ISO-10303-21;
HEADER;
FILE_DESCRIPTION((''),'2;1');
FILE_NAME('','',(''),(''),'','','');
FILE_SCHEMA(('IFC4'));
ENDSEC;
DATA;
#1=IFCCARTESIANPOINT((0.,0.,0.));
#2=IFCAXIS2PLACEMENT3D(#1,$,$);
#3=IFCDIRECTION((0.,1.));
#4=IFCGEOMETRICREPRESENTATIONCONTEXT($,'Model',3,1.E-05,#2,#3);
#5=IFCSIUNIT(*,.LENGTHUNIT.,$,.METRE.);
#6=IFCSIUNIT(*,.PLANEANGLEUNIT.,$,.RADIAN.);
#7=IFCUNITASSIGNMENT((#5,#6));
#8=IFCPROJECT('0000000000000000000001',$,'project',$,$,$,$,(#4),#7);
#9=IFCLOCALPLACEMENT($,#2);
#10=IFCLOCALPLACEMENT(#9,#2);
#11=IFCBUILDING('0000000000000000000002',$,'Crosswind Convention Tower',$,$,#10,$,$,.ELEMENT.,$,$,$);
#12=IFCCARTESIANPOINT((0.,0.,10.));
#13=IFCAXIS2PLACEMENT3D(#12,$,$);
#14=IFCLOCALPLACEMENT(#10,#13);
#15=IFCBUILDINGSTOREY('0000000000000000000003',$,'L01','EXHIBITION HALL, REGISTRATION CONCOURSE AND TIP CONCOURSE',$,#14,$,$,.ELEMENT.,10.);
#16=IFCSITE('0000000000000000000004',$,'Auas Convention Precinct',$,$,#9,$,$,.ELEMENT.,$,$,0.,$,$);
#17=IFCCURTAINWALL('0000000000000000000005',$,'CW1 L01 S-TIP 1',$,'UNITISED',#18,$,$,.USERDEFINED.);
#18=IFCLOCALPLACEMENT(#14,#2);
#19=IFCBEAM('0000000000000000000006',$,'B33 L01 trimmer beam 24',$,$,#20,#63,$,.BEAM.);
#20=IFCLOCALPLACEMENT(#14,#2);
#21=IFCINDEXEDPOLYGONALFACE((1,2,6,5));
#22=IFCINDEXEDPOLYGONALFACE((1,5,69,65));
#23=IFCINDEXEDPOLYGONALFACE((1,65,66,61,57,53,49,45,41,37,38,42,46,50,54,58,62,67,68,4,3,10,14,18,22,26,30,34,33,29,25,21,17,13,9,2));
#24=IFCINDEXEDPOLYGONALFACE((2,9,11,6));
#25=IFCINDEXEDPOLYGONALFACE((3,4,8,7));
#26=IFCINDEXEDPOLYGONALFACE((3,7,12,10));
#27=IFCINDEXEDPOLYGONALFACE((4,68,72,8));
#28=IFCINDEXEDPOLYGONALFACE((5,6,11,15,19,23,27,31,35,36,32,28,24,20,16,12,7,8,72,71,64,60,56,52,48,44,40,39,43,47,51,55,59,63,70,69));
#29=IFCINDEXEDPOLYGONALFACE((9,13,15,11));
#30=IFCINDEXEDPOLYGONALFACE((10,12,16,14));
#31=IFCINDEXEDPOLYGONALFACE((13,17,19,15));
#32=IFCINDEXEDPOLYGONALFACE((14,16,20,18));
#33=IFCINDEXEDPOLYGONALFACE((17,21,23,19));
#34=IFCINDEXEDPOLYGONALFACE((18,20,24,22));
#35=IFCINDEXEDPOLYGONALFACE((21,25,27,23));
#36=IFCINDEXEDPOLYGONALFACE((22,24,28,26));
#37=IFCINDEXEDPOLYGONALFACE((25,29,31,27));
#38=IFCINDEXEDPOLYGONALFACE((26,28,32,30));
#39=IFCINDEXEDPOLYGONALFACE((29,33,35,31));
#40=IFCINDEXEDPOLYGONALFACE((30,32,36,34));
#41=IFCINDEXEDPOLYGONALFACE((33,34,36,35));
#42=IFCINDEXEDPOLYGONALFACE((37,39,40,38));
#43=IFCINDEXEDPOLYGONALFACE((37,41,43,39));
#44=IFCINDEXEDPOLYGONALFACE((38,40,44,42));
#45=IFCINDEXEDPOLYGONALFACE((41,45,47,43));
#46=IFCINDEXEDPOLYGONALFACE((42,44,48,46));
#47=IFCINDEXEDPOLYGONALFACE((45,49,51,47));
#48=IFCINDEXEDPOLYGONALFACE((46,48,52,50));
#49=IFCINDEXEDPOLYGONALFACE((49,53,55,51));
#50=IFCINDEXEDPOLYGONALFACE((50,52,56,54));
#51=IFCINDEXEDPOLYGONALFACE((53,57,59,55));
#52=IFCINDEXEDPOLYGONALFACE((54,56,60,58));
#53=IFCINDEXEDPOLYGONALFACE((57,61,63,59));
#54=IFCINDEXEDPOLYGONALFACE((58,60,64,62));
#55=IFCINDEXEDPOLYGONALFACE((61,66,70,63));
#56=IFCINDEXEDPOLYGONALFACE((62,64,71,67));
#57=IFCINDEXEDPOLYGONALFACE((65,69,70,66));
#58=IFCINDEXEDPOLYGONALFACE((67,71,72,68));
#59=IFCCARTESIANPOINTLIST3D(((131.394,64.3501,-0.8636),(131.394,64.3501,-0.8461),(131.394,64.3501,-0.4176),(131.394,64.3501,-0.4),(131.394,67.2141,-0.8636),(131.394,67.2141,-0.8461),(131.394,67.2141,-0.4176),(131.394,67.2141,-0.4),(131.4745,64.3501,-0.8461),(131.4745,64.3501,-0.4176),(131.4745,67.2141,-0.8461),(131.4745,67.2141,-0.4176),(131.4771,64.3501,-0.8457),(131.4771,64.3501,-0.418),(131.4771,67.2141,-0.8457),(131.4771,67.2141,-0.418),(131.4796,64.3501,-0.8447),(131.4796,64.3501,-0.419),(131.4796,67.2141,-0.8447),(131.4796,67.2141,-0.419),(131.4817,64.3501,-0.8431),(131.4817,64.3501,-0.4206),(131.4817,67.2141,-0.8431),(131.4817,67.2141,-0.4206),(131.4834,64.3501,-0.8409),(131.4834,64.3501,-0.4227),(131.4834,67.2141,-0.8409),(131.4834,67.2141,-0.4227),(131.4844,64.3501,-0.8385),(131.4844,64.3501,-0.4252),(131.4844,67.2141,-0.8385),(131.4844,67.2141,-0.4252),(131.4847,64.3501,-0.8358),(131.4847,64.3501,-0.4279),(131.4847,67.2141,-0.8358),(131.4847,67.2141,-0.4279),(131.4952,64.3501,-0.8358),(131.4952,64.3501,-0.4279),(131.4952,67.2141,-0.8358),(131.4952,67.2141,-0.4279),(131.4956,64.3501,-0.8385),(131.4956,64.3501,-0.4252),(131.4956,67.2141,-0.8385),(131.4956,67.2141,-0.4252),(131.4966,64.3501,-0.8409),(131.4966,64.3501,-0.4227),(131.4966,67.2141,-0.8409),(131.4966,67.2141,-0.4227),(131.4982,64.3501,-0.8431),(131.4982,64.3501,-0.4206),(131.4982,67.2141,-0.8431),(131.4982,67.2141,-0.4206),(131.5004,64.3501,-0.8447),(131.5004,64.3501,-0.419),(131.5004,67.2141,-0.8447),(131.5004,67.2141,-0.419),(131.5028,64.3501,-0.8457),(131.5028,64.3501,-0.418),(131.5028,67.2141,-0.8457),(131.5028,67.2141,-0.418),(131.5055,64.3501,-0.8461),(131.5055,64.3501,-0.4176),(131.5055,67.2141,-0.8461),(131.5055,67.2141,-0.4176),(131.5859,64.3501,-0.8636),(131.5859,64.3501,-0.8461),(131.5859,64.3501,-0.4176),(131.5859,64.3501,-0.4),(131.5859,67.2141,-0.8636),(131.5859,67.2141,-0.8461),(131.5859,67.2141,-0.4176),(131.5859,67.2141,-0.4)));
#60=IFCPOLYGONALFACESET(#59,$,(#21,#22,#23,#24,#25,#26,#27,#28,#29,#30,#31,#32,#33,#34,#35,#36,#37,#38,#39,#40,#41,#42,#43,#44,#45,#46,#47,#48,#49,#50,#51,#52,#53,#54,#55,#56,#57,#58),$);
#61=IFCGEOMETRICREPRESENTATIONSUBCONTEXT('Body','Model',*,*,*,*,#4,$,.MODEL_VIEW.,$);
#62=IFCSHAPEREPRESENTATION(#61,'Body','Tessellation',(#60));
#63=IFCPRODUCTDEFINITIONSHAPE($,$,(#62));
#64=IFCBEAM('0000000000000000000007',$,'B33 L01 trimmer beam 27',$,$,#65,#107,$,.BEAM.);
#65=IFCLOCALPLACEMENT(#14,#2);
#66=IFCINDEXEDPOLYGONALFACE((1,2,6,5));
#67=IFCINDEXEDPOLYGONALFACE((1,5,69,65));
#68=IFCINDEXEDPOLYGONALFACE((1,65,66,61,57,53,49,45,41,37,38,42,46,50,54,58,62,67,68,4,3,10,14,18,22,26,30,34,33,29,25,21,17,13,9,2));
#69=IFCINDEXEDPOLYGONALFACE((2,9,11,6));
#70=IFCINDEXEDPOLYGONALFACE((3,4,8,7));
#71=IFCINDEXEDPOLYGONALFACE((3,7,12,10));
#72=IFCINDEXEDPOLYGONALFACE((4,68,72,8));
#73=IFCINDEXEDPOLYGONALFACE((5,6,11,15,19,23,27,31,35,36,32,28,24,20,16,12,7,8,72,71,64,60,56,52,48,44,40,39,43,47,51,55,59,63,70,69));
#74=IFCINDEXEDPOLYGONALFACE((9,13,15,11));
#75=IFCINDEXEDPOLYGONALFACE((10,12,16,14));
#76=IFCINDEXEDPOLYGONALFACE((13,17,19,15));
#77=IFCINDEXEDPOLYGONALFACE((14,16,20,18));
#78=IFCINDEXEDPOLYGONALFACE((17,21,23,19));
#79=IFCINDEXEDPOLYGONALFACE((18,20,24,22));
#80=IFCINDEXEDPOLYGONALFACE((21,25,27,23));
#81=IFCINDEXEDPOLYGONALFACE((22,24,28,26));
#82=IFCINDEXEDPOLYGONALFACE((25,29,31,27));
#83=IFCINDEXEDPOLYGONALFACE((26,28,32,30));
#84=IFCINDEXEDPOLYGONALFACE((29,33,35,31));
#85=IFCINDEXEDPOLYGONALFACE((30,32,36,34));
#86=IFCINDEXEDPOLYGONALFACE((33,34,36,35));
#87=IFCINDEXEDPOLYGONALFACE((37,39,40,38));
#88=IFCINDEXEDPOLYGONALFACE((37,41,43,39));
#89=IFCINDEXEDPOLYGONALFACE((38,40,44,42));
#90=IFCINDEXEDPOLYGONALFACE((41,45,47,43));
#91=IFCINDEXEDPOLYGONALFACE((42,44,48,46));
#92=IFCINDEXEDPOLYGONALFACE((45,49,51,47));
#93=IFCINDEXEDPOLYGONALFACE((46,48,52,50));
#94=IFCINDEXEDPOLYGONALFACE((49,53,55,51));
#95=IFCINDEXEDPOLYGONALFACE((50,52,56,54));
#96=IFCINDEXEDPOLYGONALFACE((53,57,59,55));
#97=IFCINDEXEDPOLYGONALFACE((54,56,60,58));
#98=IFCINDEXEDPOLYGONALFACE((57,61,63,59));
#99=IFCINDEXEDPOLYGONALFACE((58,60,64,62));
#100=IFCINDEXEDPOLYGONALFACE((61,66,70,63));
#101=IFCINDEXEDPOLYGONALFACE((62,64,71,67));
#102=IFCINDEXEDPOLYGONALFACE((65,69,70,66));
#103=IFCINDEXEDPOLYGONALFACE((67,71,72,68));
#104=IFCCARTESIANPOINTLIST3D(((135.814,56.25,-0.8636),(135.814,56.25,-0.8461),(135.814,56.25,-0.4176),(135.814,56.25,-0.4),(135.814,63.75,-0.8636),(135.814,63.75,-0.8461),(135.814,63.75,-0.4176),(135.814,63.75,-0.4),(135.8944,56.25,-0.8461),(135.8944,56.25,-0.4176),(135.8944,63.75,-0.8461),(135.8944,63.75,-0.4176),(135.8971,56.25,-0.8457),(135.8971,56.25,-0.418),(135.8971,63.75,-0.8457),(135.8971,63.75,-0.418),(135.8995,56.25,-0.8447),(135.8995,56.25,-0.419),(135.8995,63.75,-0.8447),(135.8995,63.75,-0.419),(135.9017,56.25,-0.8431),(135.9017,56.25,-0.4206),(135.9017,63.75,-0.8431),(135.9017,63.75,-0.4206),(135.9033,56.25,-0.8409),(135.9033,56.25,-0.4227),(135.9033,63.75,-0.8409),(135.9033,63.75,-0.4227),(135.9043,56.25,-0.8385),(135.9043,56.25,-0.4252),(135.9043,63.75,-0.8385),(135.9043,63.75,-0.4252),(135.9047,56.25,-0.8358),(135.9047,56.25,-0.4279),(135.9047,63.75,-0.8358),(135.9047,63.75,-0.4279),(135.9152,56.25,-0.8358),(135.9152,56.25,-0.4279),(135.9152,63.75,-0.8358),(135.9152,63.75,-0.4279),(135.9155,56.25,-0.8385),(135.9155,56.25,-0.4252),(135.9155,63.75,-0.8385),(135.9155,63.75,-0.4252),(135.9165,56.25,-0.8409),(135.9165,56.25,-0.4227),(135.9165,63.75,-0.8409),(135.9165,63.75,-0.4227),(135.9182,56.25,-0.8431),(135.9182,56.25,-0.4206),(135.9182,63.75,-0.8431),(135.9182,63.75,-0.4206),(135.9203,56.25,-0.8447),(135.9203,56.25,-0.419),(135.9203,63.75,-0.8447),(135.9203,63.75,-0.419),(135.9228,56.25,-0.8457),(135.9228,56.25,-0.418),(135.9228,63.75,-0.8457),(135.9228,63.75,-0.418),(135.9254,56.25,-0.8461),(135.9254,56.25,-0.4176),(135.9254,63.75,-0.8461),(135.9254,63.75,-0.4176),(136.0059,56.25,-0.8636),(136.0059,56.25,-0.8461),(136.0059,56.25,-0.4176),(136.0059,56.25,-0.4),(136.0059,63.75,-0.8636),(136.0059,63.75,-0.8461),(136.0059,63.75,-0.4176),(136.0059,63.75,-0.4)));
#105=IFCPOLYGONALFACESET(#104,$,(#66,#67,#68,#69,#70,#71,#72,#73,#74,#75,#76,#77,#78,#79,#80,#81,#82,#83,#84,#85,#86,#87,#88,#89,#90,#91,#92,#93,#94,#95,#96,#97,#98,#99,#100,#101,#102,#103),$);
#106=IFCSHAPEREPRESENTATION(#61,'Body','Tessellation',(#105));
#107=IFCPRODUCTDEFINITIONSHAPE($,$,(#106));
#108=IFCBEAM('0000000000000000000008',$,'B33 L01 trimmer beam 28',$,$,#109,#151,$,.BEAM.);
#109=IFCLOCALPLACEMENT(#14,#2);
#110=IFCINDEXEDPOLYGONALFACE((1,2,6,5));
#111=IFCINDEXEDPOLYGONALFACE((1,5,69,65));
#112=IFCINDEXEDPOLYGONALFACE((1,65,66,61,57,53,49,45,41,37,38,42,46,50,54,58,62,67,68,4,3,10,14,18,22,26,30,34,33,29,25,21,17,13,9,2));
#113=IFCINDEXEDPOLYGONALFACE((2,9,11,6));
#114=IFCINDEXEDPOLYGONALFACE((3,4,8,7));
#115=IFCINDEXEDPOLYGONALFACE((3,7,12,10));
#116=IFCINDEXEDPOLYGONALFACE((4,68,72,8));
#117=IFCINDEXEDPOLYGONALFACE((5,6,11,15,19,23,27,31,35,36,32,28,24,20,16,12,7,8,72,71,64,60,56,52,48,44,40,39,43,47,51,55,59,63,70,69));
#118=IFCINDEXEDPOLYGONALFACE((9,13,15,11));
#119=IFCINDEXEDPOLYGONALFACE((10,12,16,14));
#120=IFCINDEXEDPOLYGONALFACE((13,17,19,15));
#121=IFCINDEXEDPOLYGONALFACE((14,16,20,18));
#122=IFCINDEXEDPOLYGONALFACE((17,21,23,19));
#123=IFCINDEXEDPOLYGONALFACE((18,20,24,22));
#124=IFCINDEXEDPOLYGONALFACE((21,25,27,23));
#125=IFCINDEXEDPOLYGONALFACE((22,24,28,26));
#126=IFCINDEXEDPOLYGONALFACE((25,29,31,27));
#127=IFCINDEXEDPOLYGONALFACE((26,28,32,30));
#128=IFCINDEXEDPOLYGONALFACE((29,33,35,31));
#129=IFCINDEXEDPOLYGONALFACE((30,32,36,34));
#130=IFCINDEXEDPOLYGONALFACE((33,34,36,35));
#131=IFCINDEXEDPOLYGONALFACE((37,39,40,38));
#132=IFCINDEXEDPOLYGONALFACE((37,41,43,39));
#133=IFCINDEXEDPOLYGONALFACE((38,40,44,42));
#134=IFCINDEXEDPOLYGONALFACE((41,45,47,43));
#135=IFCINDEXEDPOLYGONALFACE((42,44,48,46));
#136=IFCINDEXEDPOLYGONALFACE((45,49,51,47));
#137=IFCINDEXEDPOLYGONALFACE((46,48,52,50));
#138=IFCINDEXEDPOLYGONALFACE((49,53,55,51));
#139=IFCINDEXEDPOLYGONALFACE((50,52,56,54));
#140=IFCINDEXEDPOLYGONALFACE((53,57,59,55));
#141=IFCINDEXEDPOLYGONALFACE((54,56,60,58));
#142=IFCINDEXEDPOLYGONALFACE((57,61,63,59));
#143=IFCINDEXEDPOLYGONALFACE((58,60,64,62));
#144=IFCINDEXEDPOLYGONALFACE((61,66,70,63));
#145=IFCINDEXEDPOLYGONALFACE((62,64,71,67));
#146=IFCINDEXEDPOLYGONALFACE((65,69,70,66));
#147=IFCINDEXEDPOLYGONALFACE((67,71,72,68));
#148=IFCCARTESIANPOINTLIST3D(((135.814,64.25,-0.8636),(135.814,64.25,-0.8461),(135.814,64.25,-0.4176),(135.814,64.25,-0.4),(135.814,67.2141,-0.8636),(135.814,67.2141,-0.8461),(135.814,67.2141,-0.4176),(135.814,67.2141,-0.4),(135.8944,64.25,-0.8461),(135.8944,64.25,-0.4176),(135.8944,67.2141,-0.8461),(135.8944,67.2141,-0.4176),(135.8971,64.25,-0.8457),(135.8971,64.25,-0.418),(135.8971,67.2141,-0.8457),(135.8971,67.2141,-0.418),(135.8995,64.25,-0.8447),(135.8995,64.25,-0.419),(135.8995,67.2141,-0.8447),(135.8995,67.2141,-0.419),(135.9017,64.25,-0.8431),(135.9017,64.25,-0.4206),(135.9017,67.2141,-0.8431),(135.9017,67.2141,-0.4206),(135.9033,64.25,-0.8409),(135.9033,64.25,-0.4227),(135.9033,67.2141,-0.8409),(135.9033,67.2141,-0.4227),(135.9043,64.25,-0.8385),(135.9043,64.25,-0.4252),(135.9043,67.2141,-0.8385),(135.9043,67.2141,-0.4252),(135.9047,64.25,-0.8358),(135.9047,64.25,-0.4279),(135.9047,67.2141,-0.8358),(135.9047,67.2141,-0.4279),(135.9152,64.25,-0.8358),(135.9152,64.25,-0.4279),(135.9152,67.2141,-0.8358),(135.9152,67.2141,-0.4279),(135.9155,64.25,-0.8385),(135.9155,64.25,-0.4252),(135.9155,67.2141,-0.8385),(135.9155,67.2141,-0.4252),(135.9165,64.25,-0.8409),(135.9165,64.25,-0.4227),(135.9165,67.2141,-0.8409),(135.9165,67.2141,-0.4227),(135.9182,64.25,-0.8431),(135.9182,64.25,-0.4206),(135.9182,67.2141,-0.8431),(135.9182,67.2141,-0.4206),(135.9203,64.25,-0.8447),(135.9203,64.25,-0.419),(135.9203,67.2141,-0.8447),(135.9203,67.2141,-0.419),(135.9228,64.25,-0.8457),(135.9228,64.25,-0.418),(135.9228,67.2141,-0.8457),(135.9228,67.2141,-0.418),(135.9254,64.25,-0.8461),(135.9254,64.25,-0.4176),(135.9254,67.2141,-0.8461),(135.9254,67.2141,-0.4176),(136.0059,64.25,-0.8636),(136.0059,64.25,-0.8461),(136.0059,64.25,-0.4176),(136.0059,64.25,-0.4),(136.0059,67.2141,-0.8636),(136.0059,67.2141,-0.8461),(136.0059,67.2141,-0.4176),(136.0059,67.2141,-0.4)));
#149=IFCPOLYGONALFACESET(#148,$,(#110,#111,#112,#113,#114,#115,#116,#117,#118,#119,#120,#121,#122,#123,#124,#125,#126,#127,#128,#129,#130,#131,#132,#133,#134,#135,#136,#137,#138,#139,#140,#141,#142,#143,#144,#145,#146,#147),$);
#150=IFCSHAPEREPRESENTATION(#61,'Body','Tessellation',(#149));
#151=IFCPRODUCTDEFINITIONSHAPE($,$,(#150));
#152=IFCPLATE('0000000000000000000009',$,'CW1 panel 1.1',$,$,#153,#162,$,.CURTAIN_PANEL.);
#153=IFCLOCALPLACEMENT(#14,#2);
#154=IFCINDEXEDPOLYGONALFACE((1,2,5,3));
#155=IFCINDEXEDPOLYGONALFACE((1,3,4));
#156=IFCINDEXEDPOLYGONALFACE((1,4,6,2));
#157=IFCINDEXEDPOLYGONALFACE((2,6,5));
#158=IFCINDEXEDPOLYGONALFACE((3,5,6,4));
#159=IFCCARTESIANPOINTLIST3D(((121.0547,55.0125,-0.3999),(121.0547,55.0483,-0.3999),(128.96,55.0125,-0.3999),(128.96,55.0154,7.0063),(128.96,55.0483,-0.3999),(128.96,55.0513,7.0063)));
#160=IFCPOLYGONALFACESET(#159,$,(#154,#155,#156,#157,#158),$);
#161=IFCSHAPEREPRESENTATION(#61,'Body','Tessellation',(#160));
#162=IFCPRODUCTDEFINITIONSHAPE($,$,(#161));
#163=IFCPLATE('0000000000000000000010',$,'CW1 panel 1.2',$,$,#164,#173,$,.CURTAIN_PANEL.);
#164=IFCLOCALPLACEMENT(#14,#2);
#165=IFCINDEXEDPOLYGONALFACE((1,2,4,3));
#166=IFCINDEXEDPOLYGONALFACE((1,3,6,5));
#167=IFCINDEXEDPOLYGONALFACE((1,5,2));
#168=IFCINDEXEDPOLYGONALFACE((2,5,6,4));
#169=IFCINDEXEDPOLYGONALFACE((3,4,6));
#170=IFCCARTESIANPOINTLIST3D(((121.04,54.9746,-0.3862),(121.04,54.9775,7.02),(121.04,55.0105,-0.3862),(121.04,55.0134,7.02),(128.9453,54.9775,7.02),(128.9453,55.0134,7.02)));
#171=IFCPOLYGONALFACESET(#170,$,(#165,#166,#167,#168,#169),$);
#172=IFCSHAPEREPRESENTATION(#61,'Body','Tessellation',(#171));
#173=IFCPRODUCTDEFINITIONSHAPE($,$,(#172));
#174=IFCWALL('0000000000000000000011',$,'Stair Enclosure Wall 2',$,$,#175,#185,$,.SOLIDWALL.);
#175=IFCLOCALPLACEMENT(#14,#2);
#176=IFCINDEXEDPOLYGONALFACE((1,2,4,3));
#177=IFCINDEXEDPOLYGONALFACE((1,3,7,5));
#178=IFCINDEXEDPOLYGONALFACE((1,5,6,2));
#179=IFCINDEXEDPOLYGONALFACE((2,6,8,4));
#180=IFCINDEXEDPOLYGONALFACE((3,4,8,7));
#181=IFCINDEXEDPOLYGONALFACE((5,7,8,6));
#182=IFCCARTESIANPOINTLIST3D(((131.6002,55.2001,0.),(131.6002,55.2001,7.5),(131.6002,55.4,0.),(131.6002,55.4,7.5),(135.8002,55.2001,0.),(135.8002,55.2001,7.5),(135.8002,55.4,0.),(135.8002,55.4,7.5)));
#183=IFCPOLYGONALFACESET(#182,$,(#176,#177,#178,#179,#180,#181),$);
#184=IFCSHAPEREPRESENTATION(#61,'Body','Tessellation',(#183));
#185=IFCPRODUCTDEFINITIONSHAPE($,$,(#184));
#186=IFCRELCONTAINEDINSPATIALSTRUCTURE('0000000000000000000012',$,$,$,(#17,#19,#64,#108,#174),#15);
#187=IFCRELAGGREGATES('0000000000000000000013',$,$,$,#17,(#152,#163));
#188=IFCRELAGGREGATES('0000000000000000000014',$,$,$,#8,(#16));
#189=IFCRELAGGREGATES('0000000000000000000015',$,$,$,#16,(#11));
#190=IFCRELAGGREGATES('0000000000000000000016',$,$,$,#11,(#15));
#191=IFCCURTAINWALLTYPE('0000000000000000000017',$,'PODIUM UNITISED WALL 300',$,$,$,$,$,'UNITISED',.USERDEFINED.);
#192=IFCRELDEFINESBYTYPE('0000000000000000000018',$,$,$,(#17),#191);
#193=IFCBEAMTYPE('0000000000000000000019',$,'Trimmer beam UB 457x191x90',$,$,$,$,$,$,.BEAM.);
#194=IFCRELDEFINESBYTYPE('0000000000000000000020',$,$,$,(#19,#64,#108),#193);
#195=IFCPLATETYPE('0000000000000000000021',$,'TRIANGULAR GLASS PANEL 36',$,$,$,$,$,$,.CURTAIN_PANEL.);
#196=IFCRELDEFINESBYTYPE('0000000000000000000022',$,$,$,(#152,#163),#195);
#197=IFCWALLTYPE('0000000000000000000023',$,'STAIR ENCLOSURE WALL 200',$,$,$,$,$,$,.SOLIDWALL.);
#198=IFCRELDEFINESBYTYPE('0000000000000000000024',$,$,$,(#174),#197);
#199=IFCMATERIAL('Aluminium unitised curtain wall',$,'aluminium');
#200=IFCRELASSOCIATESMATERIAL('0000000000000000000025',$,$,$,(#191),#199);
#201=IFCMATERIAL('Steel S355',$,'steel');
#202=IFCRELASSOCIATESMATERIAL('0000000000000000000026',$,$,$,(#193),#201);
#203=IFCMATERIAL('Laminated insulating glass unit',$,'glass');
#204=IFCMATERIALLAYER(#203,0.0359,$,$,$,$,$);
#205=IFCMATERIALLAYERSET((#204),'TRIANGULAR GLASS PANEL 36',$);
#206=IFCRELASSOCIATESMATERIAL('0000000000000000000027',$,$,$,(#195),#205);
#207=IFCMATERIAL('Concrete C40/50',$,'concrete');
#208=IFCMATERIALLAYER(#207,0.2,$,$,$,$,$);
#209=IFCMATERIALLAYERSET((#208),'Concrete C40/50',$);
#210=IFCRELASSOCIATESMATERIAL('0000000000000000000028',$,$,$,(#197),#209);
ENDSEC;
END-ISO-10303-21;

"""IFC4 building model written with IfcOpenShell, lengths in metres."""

from ifc_helpers import new_model, si_unit, direction, frame, frame_2d, origin, origin_2d, place, context, subcontext, project, spatial, polyline, rectangle, i_section, outline, extrude, material, layer, layer_set, material_profile, profile_set, type_object, element, aggregate, save


model = new_model("IFC4")

# Units and contexts
model_context = context("Model", 3, precision=1e-05, world=origin(), true_north=direction((0.0, 1.0)))
body_context = subcontext(model_context, "Body", "Model", "MODEL_VIEW")
ifc_project = project(units=[si_unit("LENGTHUNIT", "METRE"), si_unit("PLANEANGLEUNIT", "RADIAN")], contexts=[model_context])

# Site, building, storey
site_placement = place(None, origin())
site = spatial("IfcSite", under=ifc_project, at=site_placement, Name="Auas Convention Precinct", CompositionType="ELEMENT", RefElevation=0.0)
building_placement = place(site_placement, origin())
building = spatial("IfcBuilding", under=site, at=building_placement, Name="Crosswind Convention Tower", CompositionType="ELEMENT")
storey_placement = place(building_placement, frame((0.0, 0.0, 10.0)))
storey = spatial("IfcBuildingStorey", under=building, at=storey_placement, Name="L01", Description="EXHIBITION HALL, REGISTRATION CONCOURSE AND TIP CONCOURSE", CompositionType="ELEMENT", Elevation=10.0)

# Shared definitions
ifc_material_1 = material(Name="Steel S355", Category="steel")

# Curtain wall
ifc_material_2 = material(Name="Aluminium unitised curtain wall", Category="aluminium")
curtain_wall_type = type_object("IfcCurtainWallType", Name="PODIUM UNITISED WALL 300", ElementType="UNITISED", PredefinedType="USERDEFINED", material=ifc_material_2)
curtain_wall_1_placement = place(storey_placement, origin())
curtain_wall_1 = element("IfcCurtainWall", 1, at=curtain_wall_1_placement, inside=storey, type_object=curtain_wall_type, Name="CW1 L01 S-TIP 1", ObjectType="UNITISED", PredefinedType="USERDEFINED")

# Beams
ifc_material_profile_1 = material_profile(ifc_material_1, i_section(OverallWidth=0.1919, OverallDepth=0.4636, WebThickness=0.0105, FlangeThickness=0.0176, FilletRadius=0.0103, at=origin_2d()), Name="UB 457x191x90")
ifc_profile_set_1 = profile_set([ifc_material_profile_1], Name="Steel S355")
beam_type_1 = type_object("IfcBeamType", Name="Trimmer beam UB 457x191x90", PredefinedType="BEAM", material=ifc_profile_set_1)
beam_1_placement = place(storey_placement, frame((131.49, 67.2141, -0.6318), z_axis=(0.0, -1.0, 0.0), x_axis=(1.0, 0.0, 0.0)))
element("IfcBeam", 2, at=beam_1_placement, inside=storey, type_object=beam_type_1, Name="B33 L01 trimmer beam 24", PredefinedType="BEAM", context=body_context, shape_type="SweptSolid", body=[
    extrude(i_section(OverallWidth=0.1919, OverallDepth=0.4636, WebThickness=0.0105, FlangeThickness=0.0176, FilletRadius=0.0103, at=origin_2d()), origin(), (0.0, 0.0, 1.0), 2.864),
])
beam_2_placement = place(storey_placement, frame((135.9099, 63.75, -0.6318), z_axis=(0.0, -1.0, 0.0), x_axis=(1.0, 0.0, 0.0)))
element("IfcBeam", 3, at=beam_2_placement, inside=storey, type_object=beam_type_1, Name="B33 L01 trimmer beam 27", PredefinedType="BEAM", context=body_context, shape_type="SweptSolid", body=[
    extrude(i_section(OverallWidth=0.1919, OverallDepth=0.4636, WebThickness=0.0105, FlangeThickness=0.0176, FilletRadius=0.0103, at=origin_2d()), origin(), (0.0, 0.0, 1.0), 7.5),
])
beam_3_placement = place(storey_placement, frame((135.9099, 67.2141, -0.6318), z_axis=(0.0, -1.0, 0.0), x_axis=(1.0, 0.0, 0.0)))
element("IfcBeam", 4, at=beam_3_placement, inside=storey, type_object=beam_type_1, Name="B33 L01 trimmer beam 28", PredefinedType="BEAM", context=body_context, shape_type="SweptSolid", body=[
    extrude(i_section(OverallWidth=0.1919, OverallDepth=0.4636, WebThickness=0.0105, FlangeThickness=0.0176, FilletRadius=0.0103, at=origin_2d()), origin(), (0.0, 0.0, 1.0), 2.9641),
])

# Plates
ifc_material_3 = material(Name="Laminated insulating glass unit", Category="glass")
ifc_layer_1 = layer(ifc_material_3, 0.0359)
ifc_layer_set_1 = layer_set([ifc_layer_1], Name="TRIANGULAR GLASS PANEL 36")
plate_type = type_object("IfcPlateType", Name="TRIANGULAR GLASS PANEL 36", PredefinedType="CURTAIN_PANEL", material=ifc_layer_set_1)
plate_1_placement = place(storey_placement, frame((128.96, 55.0125, -0.3999), z_axis=(0.0, -1.0, 0.000396), x_axis=(0.0, 0.000396, 1.0)))
plate_1 = element("IfcPlate", 5, at=plate_1_placement, type_object=plate_type, Name="CW1 panel 1.1", PredefinedType="CURTAIN_PANEL", context=body_context, shape_type="SweptSolid", body=[
    extrude(outline(polyline([(0.0, 0.0), (7.4063, 0.0), (0.0, 7.9053), (0.0, 0.0)])), origin(), (0.0, 0.0, -1.0), 0.0359),
])
plate_2_placement = place(storey_placement, frame((121.04, 54.9775, 7.02), z_axis=(0.0, -1.0, 0.000396), x_axis=(0.0, -0.000396, -1.0)))
plate_2 = element("IfcPlate", 6, at=plate_2_placement, type_object=plate_type, Name="CW1 panel 1.2", PredefinedType="CURTAIN_PANEL", context=body_context, shape_type="SweptSolid", body=[
    extrude(outline(polyline([(0.0, 0.0), (7.4063, 0.0), (0.0, 7.9053), (0.0, 0.0)])), origin(), (0.0, 0.0, -1.0), 0.0359),
])

# Wall
ifc_material_4 = material(Name="Concrete C40/50", Category="concrete")
ifc_layer_2 = layer(ifc_material_4, 0.2)
ifc_layer_set_2 = layer_set([ifc_layer_2], Name="Concrete C40/50")
wall_type_1 = type_object("IfcWallType", Name="STAIR ENCLOSURE WALL 200", PredefinedType="SOLIDWALL", material=ifc_layer_set_2)
wall_1_placement = place(storey_placement, frame((131.6001, 55.3, 0.0), z_axis=(0.0, 0.0, 1.0), x_axis=(1.0, 0.0, 0.0)))
element("IfcWall", 7, at=wall_1_placement, inside=storey, type_object=wall_type_1, Name="Stair Enclosure Wall 2", PredefinedType="SOLIDWALL", context=body_context, shape_type="SweptSolid", body=[
    extrude(rectangle(XDim=4.2, YDim=0.2, at=frame_2d((2.1001, 0.0))), origin(), (0.0, 0.0, 1.0), 7.5),
])

aggregate(curtain_wall_1, [plate_1, plate_2])

save(model, "model.ifc")
